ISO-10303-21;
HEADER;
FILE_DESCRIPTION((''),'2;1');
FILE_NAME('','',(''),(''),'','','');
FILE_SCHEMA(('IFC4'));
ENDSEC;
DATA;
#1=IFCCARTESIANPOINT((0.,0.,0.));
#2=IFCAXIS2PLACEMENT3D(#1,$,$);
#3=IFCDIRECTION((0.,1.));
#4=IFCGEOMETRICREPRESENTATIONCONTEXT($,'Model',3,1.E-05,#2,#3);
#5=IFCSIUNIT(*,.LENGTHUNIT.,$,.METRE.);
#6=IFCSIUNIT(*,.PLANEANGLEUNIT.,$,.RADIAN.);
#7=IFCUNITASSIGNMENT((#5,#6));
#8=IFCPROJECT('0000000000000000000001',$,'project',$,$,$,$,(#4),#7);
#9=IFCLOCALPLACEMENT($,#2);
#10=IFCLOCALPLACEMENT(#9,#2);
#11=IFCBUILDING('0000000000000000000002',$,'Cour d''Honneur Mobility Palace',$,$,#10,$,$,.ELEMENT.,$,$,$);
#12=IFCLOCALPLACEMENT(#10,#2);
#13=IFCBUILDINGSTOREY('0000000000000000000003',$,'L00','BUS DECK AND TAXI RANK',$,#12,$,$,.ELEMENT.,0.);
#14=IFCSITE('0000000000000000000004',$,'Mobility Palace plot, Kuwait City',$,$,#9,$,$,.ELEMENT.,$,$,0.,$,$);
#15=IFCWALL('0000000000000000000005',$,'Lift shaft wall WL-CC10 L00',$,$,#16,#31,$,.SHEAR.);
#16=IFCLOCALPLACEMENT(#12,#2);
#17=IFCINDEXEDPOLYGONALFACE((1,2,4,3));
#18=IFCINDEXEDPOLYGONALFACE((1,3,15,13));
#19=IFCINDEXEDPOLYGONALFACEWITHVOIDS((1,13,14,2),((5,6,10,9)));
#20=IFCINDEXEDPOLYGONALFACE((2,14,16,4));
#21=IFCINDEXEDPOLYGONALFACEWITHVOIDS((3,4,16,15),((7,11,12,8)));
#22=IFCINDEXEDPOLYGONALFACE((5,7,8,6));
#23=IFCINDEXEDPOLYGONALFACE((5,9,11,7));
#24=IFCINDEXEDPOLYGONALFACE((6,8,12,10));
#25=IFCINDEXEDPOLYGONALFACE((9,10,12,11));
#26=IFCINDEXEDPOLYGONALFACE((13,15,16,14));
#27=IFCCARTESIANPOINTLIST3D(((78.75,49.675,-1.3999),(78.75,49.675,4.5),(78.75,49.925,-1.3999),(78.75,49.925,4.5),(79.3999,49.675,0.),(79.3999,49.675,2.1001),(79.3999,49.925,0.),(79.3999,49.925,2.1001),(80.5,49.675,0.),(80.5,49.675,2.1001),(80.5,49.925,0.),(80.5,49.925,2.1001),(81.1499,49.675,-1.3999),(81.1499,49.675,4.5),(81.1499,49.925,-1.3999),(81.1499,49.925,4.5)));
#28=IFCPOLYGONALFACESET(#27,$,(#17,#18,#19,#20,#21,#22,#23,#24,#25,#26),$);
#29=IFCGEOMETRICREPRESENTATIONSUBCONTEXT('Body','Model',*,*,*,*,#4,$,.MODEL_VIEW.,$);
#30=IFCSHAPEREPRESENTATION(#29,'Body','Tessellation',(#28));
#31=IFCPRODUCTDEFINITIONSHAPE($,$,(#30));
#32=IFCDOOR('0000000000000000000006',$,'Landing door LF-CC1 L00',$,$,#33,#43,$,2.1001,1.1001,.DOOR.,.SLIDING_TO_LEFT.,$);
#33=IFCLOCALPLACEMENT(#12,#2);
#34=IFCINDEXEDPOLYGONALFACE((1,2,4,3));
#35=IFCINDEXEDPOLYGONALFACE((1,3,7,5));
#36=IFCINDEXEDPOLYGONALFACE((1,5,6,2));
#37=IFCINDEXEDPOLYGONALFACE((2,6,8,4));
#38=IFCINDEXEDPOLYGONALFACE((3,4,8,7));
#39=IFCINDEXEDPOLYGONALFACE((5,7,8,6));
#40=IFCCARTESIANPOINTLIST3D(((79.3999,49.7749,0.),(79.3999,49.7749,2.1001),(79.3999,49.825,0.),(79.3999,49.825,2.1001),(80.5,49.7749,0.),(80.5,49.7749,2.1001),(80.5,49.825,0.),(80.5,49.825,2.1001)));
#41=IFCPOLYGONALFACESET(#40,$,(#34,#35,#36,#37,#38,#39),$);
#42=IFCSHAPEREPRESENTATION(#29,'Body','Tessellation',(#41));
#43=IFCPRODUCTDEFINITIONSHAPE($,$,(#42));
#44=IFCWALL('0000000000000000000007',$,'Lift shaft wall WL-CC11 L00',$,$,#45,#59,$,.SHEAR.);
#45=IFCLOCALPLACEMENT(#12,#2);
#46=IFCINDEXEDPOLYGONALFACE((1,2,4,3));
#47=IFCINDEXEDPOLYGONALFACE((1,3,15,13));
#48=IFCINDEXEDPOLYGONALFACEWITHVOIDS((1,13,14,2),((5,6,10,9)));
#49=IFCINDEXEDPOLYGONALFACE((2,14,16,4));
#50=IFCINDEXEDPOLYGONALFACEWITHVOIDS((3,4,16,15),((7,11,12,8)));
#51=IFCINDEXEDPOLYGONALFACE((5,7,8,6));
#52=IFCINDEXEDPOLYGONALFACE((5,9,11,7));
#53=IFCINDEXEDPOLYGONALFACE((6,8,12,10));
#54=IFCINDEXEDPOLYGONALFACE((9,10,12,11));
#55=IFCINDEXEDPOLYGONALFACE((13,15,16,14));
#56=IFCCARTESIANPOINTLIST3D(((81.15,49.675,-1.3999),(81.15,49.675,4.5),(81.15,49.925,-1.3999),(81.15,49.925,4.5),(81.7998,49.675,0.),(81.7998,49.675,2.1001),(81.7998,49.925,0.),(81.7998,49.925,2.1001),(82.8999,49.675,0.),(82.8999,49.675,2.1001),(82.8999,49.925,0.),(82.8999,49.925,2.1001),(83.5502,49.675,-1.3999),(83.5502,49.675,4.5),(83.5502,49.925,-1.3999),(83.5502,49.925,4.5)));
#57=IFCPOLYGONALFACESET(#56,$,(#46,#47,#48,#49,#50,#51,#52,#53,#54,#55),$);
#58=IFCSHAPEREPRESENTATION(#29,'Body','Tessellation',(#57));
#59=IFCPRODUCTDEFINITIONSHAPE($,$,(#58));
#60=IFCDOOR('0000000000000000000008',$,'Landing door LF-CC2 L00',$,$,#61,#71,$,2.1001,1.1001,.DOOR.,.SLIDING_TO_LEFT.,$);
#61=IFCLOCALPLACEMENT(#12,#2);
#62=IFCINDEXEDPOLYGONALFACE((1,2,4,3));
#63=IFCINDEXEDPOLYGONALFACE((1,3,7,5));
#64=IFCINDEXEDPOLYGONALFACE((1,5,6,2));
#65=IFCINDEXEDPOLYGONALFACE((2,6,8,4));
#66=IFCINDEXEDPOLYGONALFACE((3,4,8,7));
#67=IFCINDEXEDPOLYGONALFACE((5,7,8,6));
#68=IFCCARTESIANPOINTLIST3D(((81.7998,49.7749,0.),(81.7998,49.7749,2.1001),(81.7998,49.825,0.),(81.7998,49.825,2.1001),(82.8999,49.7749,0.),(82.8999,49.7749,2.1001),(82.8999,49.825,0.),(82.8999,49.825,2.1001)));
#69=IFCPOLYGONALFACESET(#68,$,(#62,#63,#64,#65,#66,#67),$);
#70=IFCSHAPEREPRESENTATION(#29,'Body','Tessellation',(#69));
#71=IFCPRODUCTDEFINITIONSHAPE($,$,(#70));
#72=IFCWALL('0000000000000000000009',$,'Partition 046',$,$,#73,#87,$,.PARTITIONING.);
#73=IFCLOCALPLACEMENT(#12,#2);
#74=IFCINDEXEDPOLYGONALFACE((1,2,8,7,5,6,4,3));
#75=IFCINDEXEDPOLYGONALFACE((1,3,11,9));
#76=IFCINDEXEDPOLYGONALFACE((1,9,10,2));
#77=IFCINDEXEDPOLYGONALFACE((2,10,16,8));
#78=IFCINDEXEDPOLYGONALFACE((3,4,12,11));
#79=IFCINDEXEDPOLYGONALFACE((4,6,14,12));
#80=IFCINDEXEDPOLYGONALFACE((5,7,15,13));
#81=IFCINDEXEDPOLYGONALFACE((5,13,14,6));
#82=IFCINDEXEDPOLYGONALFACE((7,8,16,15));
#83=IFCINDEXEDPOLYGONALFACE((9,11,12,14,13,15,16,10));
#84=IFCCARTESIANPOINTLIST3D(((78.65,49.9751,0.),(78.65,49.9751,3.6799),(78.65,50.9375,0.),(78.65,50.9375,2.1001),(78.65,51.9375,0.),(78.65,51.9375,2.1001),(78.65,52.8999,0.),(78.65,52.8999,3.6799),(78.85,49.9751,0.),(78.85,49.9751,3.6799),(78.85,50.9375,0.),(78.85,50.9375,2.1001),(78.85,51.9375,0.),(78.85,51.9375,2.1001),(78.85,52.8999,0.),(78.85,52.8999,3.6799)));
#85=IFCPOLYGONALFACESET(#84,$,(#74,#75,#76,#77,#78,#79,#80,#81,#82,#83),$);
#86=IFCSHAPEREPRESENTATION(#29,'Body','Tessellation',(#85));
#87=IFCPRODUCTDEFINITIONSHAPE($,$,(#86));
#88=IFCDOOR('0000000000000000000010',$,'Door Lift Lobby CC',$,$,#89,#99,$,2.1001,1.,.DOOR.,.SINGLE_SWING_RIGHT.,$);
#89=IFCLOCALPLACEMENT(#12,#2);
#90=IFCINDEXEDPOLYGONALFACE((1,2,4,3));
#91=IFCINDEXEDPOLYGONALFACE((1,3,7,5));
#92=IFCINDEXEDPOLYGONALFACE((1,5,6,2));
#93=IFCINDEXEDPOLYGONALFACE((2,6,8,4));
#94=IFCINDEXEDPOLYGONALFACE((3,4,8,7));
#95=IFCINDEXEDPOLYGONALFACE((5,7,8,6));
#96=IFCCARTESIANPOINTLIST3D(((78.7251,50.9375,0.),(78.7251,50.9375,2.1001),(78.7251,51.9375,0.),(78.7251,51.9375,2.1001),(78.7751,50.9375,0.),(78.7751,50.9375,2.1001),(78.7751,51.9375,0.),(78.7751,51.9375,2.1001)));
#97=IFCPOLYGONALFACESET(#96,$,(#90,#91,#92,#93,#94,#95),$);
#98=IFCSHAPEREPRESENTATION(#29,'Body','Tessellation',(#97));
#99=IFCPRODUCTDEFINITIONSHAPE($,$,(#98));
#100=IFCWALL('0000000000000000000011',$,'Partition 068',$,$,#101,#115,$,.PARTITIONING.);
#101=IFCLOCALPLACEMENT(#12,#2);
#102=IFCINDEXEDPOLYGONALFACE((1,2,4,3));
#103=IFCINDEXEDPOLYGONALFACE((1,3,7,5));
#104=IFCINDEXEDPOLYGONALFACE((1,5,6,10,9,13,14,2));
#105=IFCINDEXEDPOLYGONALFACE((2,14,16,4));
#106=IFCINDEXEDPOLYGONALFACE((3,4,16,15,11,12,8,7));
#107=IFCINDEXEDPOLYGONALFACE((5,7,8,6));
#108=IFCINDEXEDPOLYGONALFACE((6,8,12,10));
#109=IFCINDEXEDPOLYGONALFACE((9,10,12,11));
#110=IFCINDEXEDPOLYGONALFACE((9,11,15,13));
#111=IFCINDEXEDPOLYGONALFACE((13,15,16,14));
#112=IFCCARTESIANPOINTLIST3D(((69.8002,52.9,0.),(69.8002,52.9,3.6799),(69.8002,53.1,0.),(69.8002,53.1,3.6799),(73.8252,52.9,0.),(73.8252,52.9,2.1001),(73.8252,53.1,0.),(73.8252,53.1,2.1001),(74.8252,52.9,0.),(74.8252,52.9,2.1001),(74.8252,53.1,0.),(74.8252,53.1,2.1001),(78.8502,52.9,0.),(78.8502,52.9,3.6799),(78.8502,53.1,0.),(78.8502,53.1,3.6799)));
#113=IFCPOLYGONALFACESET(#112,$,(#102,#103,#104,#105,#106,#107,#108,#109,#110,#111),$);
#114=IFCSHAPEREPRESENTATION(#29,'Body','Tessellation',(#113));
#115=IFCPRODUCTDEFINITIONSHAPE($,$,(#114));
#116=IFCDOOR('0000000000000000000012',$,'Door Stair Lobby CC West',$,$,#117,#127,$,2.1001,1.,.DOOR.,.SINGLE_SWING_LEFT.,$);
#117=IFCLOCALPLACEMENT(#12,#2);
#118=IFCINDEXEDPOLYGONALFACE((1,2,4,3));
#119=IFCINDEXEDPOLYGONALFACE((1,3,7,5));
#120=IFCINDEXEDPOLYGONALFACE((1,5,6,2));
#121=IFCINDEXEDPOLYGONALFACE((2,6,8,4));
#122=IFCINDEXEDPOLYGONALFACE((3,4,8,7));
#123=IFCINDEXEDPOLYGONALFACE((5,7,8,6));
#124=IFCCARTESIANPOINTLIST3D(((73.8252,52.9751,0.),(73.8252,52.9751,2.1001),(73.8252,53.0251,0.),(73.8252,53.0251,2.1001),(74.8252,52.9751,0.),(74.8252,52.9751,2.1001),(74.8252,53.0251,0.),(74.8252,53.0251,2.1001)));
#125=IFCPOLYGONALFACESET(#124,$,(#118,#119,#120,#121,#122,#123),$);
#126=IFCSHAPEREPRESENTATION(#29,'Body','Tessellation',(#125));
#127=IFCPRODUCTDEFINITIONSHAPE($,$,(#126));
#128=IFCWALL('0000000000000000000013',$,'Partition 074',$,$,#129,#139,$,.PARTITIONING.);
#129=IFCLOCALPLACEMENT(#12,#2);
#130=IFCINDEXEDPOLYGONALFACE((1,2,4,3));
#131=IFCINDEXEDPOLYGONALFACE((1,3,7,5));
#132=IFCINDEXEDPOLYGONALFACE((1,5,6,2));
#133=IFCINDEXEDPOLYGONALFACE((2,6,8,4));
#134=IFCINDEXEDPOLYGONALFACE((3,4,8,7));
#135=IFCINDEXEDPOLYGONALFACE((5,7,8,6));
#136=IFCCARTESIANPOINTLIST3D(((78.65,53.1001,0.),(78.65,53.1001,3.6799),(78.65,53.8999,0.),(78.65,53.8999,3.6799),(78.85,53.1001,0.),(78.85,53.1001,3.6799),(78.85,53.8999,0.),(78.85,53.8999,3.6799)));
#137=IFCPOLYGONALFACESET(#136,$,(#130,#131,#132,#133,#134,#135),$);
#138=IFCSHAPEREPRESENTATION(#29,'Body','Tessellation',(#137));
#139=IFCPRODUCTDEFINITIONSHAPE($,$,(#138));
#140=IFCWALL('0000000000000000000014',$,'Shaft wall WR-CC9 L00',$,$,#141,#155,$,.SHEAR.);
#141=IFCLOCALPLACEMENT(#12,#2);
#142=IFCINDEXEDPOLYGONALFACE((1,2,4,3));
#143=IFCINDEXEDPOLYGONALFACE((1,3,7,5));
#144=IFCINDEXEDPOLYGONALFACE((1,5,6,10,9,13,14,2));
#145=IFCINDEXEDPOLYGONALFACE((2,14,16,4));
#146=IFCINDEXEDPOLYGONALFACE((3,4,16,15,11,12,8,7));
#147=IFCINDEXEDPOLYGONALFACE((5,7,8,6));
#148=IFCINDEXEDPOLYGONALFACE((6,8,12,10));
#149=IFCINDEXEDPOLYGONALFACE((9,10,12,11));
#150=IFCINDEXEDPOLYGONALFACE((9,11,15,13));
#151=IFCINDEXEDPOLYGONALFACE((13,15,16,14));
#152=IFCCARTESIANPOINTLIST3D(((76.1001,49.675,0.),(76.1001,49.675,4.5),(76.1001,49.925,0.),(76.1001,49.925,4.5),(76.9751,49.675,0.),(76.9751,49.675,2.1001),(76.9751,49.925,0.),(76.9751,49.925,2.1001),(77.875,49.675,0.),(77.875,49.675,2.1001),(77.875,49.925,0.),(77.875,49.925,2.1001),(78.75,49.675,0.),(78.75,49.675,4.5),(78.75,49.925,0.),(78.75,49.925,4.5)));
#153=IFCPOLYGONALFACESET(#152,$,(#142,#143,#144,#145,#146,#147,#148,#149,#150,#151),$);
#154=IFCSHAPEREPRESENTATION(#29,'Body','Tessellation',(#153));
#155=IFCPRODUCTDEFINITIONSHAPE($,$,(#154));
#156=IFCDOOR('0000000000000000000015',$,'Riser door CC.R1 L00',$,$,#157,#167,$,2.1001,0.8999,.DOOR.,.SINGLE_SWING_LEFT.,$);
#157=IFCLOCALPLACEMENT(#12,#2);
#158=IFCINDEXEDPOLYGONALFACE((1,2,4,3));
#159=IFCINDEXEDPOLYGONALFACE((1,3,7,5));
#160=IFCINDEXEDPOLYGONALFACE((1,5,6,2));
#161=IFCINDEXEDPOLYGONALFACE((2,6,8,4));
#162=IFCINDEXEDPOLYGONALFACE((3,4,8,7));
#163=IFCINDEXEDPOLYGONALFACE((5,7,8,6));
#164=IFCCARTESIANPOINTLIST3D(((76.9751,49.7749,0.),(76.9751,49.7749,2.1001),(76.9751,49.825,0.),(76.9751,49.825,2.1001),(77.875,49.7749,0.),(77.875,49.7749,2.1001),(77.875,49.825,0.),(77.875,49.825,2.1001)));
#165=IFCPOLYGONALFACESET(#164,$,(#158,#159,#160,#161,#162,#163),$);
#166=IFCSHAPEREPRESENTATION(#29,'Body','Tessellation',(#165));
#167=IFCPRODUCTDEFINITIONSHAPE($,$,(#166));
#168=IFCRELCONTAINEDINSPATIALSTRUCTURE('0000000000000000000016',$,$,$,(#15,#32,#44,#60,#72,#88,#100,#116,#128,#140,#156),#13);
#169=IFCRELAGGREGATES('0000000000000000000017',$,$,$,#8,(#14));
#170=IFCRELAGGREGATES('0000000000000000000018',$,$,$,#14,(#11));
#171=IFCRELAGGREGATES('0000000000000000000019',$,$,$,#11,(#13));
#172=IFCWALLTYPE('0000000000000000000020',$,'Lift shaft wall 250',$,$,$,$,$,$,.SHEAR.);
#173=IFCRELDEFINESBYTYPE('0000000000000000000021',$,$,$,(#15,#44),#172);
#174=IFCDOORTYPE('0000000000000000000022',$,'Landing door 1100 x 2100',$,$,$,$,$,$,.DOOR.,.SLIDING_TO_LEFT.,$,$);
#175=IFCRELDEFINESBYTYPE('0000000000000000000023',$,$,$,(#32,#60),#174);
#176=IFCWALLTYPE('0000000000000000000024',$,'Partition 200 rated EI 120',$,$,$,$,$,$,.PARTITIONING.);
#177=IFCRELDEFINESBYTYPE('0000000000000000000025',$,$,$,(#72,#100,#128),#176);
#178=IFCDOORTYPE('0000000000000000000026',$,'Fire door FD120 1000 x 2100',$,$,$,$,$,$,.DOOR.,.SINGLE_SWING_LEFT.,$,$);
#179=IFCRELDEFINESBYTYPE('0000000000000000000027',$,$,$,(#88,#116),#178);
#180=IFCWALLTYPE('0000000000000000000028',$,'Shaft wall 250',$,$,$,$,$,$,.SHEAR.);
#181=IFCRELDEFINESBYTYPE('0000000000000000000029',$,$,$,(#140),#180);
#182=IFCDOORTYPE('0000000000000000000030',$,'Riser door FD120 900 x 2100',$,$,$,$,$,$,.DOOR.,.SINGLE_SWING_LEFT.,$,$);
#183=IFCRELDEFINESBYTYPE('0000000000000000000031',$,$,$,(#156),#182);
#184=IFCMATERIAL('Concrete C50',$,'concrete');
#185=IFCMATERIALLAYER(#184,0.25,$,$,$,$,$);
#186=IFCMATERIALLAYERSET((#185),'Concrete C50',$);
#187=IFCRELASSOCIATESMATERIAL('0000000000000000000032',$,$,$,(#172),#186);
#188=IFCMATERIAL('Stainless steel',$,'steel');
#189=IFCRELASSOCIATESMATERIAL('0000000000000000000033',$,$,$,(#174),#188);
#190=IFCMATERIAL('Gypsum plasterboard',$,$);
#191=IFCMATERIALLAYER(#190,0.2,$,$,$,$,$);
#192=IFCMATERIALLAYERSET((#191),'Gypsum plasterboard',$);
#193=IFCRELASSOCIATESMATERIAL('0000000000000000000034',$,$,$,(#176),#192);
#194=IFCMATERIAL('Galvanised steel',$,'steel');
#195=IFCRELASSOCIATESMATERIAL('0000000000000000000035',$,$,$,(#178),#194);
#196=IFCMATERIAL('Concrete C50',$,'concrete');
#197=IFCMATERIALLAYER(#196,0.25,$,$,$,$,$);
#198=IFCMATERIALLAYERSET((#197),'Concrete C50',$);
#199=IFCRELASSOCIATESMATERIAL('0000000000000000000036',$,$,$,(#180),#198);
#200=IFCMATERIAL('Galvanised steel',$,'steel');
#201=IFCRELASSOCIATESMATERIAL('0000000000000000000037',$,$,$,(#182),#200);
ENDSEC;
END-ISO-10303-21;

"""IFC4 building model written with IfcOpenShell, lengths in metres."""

from ifc_helpers import new_model, si_unit, direction, frame, frame_2d, origin, place, context, subcontext, project, spatial, rectangle, extrude, material, layer, layer_set, type_object, element, fill, save


model = new_model("IFC4")

# Units and contexts
model_context = context("Model", 3, precision=1e-05, world=origin(), true_north=direction((0.0, 1.0)))
body_context = subcontext(model_context, "Body", "Model", "MODEL_VIEW")
ifc_project = project(units=[si_unit("LENGTHUNIT", "METRE"), si_unit("PLANEANGLEUNIT", "RADIAN")], contexts=[model_context])

# Site, building, storey
site_placement = place(None, origin())
site = spatial("IfcSite", under=ifc_project, at=site_placement, Name="Mobility Palace plot, Kuwait City", CompositionType="ELEMENT", RefElevation=0.0)
building_placement = place(site_placement, origin())
building = spatial("IfcBuilding", under=site, at=building_placement, Name="Cour d'Honneur Mobility Palace", CompositionType="ELEMENT")
storey_placement = place(building_placement, origin())
storey = spatial("IfcBuildingStorey", under=building, at=storey_placement, Name="L00", Description="BUS DECK AND TAXI RANK", CompositionType="ELEMENT", Elevation=0.0)

# Walls, openings, doors
ifc_material_1 = material(Name="Concrete C50", Category="concrete")
ifc_layer_1 = layer(ifc_material_1, 0.25)
ifc_layer_set_1 = layer_set([ifc_layer_1], Name="Concrete C50")
wall_type_1 = type_object("IfcWallType", Name="Lift shaft wall 250", PredefinedType="SHEAR", material=ifc_layer_set_1)
wall_1_placement = place(storey_placement, frame((78.75, 49.8, -1.3999), z_axis=(0.0, 0.0, 1.0), x_axis=(1.0, 0.0, 0.0)))
wall_1 = element("IfcWall", 1, at=wall_1_placement, inside=storey, type_object=wall_type_1, Name="Lift shaft wall WL-CC10 L00", PredefinedType="SHEAR", context=body_context, shape_type="SweptSolid", body=[
    extrude(rectangle(XDim=2.3999, YDim=0.25, at=frame_2d((1.2, 0.0))), origin(), (0.0, 0.0, 1.0), 5.8999),
])
opening_1_placement = place(wall_1_placement, frame((0.6499, 0.0, 1.3999)))
opening_1 = element("IfcOpeningElement", 2, at=opening_1_placement, cuts=wall_1, PredefinedType="OPENING", context=body_context, shape_type="SweptSolid", body=[
    extrude(rectangle(XDim=1.1001, YDim=2.1001, at=frame_2d((0.55, 1.05))), frame((0.0, 0.135, 0.0), z_axis=(0.0, -1.0, 0.0), x_axis=(1.0, 0.0, 0.0)), (0.0, 0.0, 1.0), 0.27),
])
ifc_material_2 = material(Name="Stainless steel", Category="steel")
door_type_1 = type_object("IfcDoorType", Name="Landing door 1100 x 2100", OperationType="SLIDING_TO_LEFT", PredefinedType="DOOR", material=ifc_material_2)
door_1_placement = place(opening_1_placement, origin())
door_1 = element("IfcDoor", 3, at=door_1_placement, inside=storey, type_object=door_type_1, Name="Landing door LF-CC1 L00", OperationType="SLIDING_TO_LEFT", OverallHeight=2.1001, OverallWidth=1.1001, PredefinedType="DOOR", context=body_context, shape_type="SweptSolid", body=[
    extrude(rectangle(XDim=1.1001, YDim=2.1001, at=frame_2d((0.55, 1.05))), frame((0.0, 0.0249, 0.0), z_axis=(0.0, -1.0, 0.0), x_axis=(1.0, 0.0, 0.0)), (0.0, 0.0, 1.0), 0.05),
])
fill(opening_1, door_1)
wall_2_placement = place(storey_placement, frame((81.1499, 49.8, -1.3999), z_axis=(0.0, 0.0, 1.0), x_axis=(1.0, 0.0, 0.0)))
wall_2 = element("IfcWall", 4, at=wall_2_placement, inside=storey, type_object=wall_type_1, Name="Lift shaft wall WL-CC11 L00", PredefinedType="SHEAR", context=body_context, shape_type="SweptSolid", body=[
    extrude(rectangle(XDim=2.4001, YDim=0.25, at=frame_2d((1.2002, 0.0))), origin(), (0.0, 0.0, 1.0), 5.8999),
])
opening_2_placement = place(wall_2_placement, frame((0.6499, 0.0, 1.3999)))
opening_2 = element("IfcOpeningElement", 5, at=opening_2_placement, cuts=wall_2, PredefinedType="OPENING", context=body_context, shape_type="SweptSolid", body=[
    extrude(rectangle(XDim=1.1001, YDim=2.1001, at=frame_2d((0.55, 1.05))), frame((0.0, 0.135, 0.0), z_axis=(0.0, -1.0, 0.0), x_axis=(1.0, 0.0, 0.0)), (0.0, 0.0, 1.0), 0.27),
])
door_2_placement = place(opening_2_placement, origin())
door_2 = element("IfcDoor", 6, at=door_2_placement, inside=storey, type_object=door_type_1, Name="Landing door LF-CC2 L00", OperationType="SLIDING_TO_LEFT", OverallHeight=2.1001, OverallWidth=1.1001, PredefinedType="DOOR", context=body_context, shape_type="SweptSolid", body=[
    extrude(rectangle(XDim=1.1001, YDim=2.1001, at=frame_2d((0.55, 1.05))), frame((0.0, 0.0249, 0.0), z_axis=(0.0, -1.0, 0.0), x_axis=(1.0, 0.0, 0.0)), (0.0, 0.0, 1.0), 0.05),
])
fill(opening_2, door_2)
ifc_material_3 = material(Name="Gypsum plasterboard")
ifc_layer_2 = layer(ifc_material_3, 0.2)
ifc_layer_set_2 = layer_set([ifc_layer_2], Name="Gypsum plasterboard")
wall_type_2 = type_object("IfcWallType", Name="Partition 200 rated EI 120", PredefinedType="PARTITIONING", material=ifc_layer_set_2)
wall_3_placement = place(storey_placement, frame((78.75, 49.9751, 0.0), z_axis=(0.0, 0.0, 1.0), x_axis=(0.0, 1.0, 0.0)))
wall_3 = element("IfcWall", 7, at=wall_3_placement, inside=storey, type_object=wall_type_2, Name="Partition 046", PredefinedType="PARTITIONING", context=body_context, shape_type="SweptSolid", body=[
    extrude(rectangle(XDim=2.9248, YDim=0.2, at=frame_2d((1.4624, 0.0))), origin(), (0.0, 0.0, 1.0), 3.6799),
])
opening_3_placement = place(wall_3_placement, frame((0.9624, 0.0, 0.0)))
opening_3 = element("IfcOpeningElement", 8, at=opening_3_placement, cuts=wall_3, PredefinedType="OPENING", context=body_context, shape_type="SweptSolid", body=[
    extrude(rectangle(XDim=1.0, YDim=2.1001, at=frame_2d((0.5, 1.05))), frame((0.0, 0.1099, 0.0), z_axis=(0.0, -1.0, 0.0), x_axis=(1.0, 0.0, 0.0)), (0.0, 0.0, 1.0), 0.22),
])
ifc_material_4 = material(Name="Galvanised steel", Category="steel")
door_type_2 = type_object("IfcDoorType", Name="Fire door FD120 1000 x 2100", OperationType="SINGLE_SWING_LEFT", PredefinedType="DOOR", material=ifc_material_4)
door_3_placement = place(opening_3_placement, origin())
door_3 = element("IfcDoor", 9, at=door_3_placement, inside=storey, type_object=door_type_2, Name="Door Lift Lobby CC", OperationType="SINGLE_SWING_RIGHT", OverallHeight=2.1001, OverallWidth=1.0, PredefinedType="DOOR", context=body_context, shape_type="SweptSolid", body=[
    extrude(rectangle(XDim=1.0, YDim=2.1001, at=frame_2d((0.5, 1.05))), frame((0.0, 0.0249, 0.0), z_axis=(0.0, -1.0, 0.0), x_axis=(1.0, 0.0, 0.0)), (0.0, 0.0, 1.0), 0.05),
])
fill(opening_3, door_3)
wall_4_placement = place(storey_placement, frame((78.8501, 53.0, 0.0), z_axis=(0.0, 0.0, 1.0), x_axis=(-1.0, 0.0, 0.0)))
wall_4 = element("IfcWall", 10, at=wall_4_placement, inside=storey, type_object=wall_type_2, Name="Partition 068", PredefinedType="PARTITIONING", context=body_context, shape_type="SweptSolid", body=[
    extrude(rectangle(XDim=9.05, YDim=0.2, at=frame_2d((4.5249, 0.0))), origin(), (0.0, 0.0, 1.0), 3.6799),
])
opening_4_placement = place(wall_4_placement, frame((4.0249, 0.0, 0.0)))
opening_4 = element("IfcOpeningElement", 11, at=opening_4_placement, cuts=wall_4, PredefinedType="OPENING", context=body_context, shape_type="SweptSolid", body=[
    extrude(rectangle(XDim=1.0, YDim=2.1001, at=frame_2d((0.5, 1.05))), frame((0.0, 0.1099, 0.0), z_axis=(0.0, -1.0, 0.0), x_axis=(1.0, 0.0, 0.0)), (0.0, 0.0, 1.0), 0.22),
])
door_4_placement = place(opening_4_placement, origin())
door_4 = element("IfcDoor", 12, at=door_4_placement, inside=storey, type_object=door_type_2, Name="Door Stair Lobby CC West", OperationType="SINGLE_SWING_LEFT", OverallHeight=2.1001, OverallWidth=1.0, PredefinedType="DOOR", context=body_context, shape_type="SweptSolid", body=[
    extrude(rectangle(XDim=1.0, YDim=2.1001, at=frame_2d((0.5, 1.05))), frame((0.0, 0.0249, 0.0), z_axis=(0.0, -1.0, 0.0), x_axis=(1.0, 0.0, 0.0)), (0.0, 0.0, 1.0), 0.05),
])
fill(opening_4, door_4)

# Wall
wall_5_placement = place(storey_placement, frame((78.75, 53.8999, 0.0), z_axis=(0.0, 0.0, 1.0), x_axis=(0.0, -1.0, 0.0)))
element("IfcWall", 13, at=wall_5_placement, inside=storey, type_object=wall_type_2, Name="Partition 074", PredefinedType="PARTITIONING", context=body_context, shape_type="SweptSolid", body=[
    extrude(rectangle(XDim=0.7998, YDim=0.2, at=frame_2d((0.3999, 0.0))), origin(), (0.0, 0.0, 1.0), 3.6799),
])

# Wall, opening, door
ifc_material_5 = material(Name="Concrete C50", Category="concrete")
ifc_layer_3 = layer(ifc_material_5, 0.25)
ifc_layer_set_3 = layer_set([ifc_layer_3], Name="Concrete C50")
wall_type_3 = type_object("IfcWallType", Name="Shaft wall 250", PredefinedType="SHEAR", material=ifc_layer_set_3)
wall_6_placement = place(storey_placement, frame((76.1001, 49.8, 0.0), z_axis=(0.0, 0.0, 1.0), x_axis=(1.0, 0.0, 0.0)))
wall_6 = element("IfcWall", 14, at=wall_6_placement, inside=storey, type_object=wall_type_3, Name="Shaft wall WR-CC9 L00", PredefinedType="SHEAR", context=body_context, shape_type="SweptSolid", body=[
    extrude(rectangle(XDim=2.6499, YDim=0.25, at=frame_2d((1.325, 0.0))), origin(), (0.0, 0.0, 1.0), 4.5),
])
opening_5_placement = place(wall_6_placement, frame((0.875, 0.0, 0.0)))
opening_5 = element("IfcOpeningElement", 15, at=opening_5_placement, cuts=wall_6, PredefinedType="OPENING", context=body_context, shape_type="SweptSolid", body=[
    extrude(rectangle(XDim=0.8999, YDim=2.1001, at=frame_2d((0.45, 1.05))), frame((0.0, 0.135, 0.0), z_axis=(0.0, -1.0, 0.0), x_axis=(1.0, 0.0, 0.0)), (0.0, 0.0, 1.0), 0.27),
])
ifc_material_6 = material(Name="Galvanised steel", Category="steel")
door_type_3 = type_object("IfcDoorType", Name="Riser door FD120 900 x 2100", OperationType="SINGLE_SWING_LEFT", PredefinedType="DOOR", material=ifc_material_6)
door_5_placement = place(opening_5_placement, origin())
door_5 = element("IfcDoor", 16, at=door_5_placement, inside=storey, type_object=door_type_3, Name="Riser door CC.R1 L00", OperationType="SINGLE_SWING_LEFT", OverallHeight=2.1001, OverallWidth=0.8999, PredefinedType="DOOR", context=body_context, shape_type="SweptSolid", body=[
    extrude(rectangle(XDim=0.8999, YDim=2.1001, at=frame_2d((0.45, 1.05))), frame((0.0, 0.0249, 0.0), z_axis=(0.0, -1.0, 0.0), x_axis=(1.0, 0.0, 0.0)), (0.0, 0.0, 1.0), 0.05),
])
fill(opening_5, door_5)

save(model, "model.ifc")
